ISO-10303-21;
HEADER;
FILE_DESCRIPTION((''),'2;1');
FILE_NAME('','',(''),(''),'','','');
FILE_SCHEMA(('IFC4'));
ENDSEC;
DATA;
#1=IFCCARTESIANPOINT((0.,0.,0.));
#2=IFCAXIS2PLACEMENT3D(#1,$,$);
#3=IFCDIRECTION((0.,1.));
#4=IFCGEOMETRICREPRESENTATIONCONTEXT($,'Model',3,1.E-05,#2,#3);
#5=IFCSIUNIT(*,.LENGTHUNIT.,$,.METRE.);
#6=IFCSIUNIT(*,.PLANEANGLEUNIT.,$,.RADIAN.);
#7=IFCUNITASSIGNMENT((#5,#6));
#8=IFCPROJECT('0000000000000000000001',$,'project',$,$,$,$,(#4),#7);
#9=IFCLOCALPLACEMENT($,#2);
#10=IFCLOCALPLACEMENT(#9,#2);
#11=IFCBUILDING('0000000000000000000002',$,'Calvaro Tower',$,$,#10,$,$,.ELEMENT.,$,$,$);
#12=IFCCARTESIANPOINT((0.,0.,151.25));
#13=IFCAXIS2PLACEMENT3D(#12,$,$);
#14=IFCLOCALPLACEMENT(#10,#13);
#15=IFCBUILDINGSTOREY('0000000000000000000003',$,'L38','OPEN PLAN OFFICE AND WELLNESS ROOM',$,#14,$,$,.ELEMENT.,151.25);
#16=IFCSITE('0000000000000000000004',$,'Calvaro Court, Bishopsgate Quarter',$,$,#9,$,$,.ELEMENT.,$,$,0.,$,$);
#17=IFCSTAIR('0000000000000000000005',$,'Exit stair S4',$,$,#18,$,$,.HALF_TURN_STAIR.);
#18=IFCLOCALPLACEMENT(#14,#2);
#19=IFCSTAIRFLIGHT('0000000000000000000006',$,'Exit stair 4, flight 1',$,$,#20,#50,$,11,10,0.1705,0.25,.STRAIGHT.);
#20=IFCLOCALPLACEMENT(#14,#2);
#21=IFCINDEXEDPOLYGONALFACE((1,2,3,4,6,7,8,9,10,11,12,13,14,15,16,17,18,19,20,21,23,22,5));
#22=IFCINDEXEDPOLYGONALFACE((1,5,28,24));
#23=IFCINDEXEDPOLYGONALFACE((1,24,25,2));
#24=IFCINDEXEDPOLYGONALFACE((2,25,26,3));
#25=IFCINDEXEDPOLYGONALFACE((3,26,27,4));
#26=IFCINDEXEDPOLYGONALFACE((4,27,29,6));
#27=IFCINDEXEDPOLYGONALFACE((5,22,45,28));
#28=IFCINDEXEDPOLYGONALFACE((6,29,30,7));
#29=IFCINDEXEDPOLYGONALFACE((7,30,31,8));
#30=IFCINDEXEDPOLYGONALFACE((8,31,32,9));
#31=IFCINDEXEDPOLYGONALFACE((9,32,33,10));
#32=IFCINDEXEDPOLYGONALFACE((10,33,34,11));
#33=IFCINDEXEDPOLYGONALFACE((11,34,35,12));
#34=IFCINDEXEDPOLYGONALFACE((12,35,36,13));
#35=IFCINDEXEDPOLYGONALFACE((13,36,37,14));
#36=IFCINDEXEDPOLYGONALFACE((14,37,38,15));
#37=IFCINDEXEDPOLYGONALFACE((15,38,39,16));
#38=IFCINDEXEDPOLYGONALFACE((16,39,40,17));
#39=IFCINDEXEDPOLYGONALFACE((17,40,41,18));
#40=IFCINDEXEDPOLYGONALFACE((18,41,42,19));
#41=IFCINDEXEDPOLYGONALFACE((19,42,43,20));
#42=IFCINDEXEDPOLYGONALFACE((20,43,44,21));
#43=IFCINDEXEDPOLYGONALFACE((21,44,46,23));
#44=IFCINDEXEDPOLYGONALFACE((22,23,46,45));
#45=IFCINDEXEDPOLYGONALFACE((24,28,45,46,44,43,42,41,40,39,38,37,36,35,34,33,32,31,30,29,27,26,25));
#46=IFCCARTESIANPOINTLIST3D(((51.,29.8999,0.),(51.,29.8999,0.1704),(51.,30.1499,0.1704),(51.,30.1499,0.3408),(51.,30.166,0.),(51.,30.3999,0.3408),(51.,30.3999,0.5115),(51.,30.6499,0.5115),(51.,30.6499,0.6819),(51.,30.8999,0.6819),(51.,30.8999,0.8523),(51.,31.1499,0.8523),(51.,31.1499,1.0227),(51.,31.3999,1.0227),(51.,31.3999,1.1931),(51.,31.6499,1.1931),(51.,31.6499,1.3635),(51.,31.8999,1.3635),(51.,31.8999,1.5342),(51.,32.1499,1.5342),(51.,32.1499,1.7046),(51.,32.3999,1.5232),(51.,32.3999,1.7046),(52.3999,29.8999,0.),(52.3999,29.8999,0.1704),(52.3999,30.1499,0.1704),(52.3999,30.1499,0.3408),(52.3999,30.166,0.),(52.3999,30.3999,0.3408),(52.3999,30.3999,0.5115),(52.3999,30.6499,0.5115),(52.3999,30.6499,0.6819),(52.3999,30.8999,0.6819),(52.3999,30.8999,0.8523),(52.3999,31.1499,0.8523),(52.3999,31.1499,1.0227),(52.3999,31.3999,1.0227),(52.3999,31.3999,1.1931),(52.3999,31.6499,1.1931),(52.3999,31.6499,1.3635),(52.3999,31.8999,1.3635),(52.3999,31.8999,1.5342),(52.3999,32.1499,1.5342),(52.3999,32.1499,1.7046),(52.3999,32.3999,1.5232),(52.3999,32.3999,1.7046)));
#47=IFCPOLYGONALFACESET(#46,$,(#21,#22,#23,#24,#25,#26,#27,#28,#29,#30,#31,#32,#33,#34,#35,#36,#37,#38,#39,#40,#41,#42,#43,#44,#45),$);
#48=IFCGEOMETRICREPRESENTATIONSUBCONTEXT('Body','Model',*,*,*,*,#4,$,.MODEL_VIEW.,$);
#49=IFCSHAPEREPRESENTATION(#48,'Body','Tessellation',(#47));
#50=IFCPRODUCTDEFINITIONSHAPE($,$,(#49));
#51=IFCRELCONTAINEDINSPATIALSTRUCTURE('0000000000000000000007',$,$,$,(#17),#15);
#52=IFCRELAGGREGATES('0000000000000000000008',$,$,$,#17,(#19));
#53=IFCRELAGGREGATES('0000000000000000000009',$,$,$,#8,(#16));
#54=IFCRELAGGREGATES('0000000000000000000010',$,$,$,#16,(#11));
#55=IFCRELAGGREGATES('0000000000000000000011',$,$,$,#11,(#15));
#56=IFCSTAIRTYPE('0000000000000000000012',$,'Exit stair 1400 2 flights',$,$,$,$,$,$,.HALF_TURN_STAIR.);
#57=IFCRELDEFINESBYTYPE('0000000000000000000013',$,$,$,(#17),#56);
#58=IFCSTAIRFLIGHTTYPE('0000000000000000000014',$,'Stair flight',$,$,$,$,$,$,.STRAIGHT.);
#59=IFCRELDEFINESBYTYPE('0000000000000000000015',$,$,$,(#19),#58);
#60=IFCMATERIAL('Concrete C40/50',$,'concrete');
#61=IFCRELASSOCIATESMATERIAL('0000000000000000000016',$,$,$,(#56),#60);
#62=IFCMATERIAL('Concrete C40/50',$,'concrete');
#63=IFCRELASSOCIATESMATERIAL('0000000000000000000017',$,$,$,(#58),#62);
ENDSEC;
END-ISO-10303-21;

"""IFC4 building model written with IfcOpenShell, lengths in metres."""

from ifc_helpers import new_model, si_unit, direction, frame, origin, place, context, subcontext, project, spatial, polyline, outline, extrude, material, type_object, element, aggregate, save


model = new_model("IFC4")

# Units and contexts
model_context = context("Model", 3, precision=1e-05, world=origin(), true_north=direction((0.0, 1.0)))
body_context = subcontext(model_context, "Body", "Model", "MODEL_VIEW")
ifc_project = project(units=[si_unit("LENGTHUNIT", "METRE"), si_unit("PLANEANGLEUNIT", "RADIAN")], contexts=[model_context])

# Site, building, storey
site_placement = place(None, origin())
site = spatial("IfcSite", under=ifc_project, at=site_placement, Name="Calvaro Court, Bishopsgate Quarter", CompositionType="ELEMENT", RefElevation=0.0)
building_placement = place(site_placement, origin())
building = spatial("IfcBuilding", under=site, at=building_placement, Name="Calvaro Tower", CompositionType="ELEMENT")
storey_placement = place(building_placement, frame((0.0, 0.0, 151.25)))
storey = spatial("IfcBuildingStorey", under=building, at=storey_placement, Name="L38", Description="OPEN PLAN OFFICE AND WELLNESS ROOM", CompositionType="ELEMENT", Elevation=151.25)

# Stair, stair flight
ifc_material_1 = material(Name="Concrete C40/50", Category="concrete")
stair_type = type_object("IfcStairType", Name="Exit stair 1400 2 flights", PredefinedType="HALF_TURN_STAIR", material=ifc_material_1)
ifc_material_2 = material(Name="Concrete C40/50", Category="concrete")
stair_flight_type = type_object("IfcStairFlightType", Name="Stair flight", PredefinedType="STRAIGHT", material=ifc_material_2)
stair_1_placement = place(storey_placement, origin())
stair_1 = element("IfcStair", 1, at=stair_1_placement, inside=storey, type_object=stair_type, Name="Exit stair S4", PredefinedType="HALF_TURN_STAIR")
stair_flight_1_placement = place(storey_placement, frame((51.7, 29.8999, 0.0), z_axis=(0.0, 0.0, 1.0), x_axis=(0.0, 1.0, 0.0)))
stair_flight_1 = element("IfcStairFlight", 2, at=stair_flight_1_placement, type_object=stair_flight_type, Name="Exit stair 4, flight 1", NumberOfRisers=11, NumberOfTreads=10, PredefinedType="STRAIGHT", RiserHeight=0.1705, TreadLength=0.25, context=body_context, shape_type="SweptSolid", body=[
    extrude(outline(polyline([(0.0, 0.0), (0.0, 0.1704), (0.25, 0.1704), (0.25, 0.3408), (0.5, 0.3408), (0.5, 0.5115), (0.75, 0.5115), (0.75, 0.6819), (1.0, 0.6819), (1.0, 0.8523), (1.25, 0.8523), (1.25, 1.0227), (1.5, 1.0227), (1.5, 1.1931), (1.75, 1.1931), (1.75, 1.3635), (2.0, 1.3635), (2.0, 1.5342), (2.25, 1.5342), (2.25, 1.7046), (2.5, 1.7046), (2.5, 1.875), (2.5, 1.5232), (0.2661, 0.0), (0.0, 0.0)])), frame((0.0, 0.7, 0.0), z_axis=(0.0, -1.0, 0.0), x_axis=(1.0, 0.0, 0.0)), (0.0, 0.0, 1.0), 1.3999),
])

aggregate(stair_1, [stair_flight_1])

save(model, "model.ifc")
